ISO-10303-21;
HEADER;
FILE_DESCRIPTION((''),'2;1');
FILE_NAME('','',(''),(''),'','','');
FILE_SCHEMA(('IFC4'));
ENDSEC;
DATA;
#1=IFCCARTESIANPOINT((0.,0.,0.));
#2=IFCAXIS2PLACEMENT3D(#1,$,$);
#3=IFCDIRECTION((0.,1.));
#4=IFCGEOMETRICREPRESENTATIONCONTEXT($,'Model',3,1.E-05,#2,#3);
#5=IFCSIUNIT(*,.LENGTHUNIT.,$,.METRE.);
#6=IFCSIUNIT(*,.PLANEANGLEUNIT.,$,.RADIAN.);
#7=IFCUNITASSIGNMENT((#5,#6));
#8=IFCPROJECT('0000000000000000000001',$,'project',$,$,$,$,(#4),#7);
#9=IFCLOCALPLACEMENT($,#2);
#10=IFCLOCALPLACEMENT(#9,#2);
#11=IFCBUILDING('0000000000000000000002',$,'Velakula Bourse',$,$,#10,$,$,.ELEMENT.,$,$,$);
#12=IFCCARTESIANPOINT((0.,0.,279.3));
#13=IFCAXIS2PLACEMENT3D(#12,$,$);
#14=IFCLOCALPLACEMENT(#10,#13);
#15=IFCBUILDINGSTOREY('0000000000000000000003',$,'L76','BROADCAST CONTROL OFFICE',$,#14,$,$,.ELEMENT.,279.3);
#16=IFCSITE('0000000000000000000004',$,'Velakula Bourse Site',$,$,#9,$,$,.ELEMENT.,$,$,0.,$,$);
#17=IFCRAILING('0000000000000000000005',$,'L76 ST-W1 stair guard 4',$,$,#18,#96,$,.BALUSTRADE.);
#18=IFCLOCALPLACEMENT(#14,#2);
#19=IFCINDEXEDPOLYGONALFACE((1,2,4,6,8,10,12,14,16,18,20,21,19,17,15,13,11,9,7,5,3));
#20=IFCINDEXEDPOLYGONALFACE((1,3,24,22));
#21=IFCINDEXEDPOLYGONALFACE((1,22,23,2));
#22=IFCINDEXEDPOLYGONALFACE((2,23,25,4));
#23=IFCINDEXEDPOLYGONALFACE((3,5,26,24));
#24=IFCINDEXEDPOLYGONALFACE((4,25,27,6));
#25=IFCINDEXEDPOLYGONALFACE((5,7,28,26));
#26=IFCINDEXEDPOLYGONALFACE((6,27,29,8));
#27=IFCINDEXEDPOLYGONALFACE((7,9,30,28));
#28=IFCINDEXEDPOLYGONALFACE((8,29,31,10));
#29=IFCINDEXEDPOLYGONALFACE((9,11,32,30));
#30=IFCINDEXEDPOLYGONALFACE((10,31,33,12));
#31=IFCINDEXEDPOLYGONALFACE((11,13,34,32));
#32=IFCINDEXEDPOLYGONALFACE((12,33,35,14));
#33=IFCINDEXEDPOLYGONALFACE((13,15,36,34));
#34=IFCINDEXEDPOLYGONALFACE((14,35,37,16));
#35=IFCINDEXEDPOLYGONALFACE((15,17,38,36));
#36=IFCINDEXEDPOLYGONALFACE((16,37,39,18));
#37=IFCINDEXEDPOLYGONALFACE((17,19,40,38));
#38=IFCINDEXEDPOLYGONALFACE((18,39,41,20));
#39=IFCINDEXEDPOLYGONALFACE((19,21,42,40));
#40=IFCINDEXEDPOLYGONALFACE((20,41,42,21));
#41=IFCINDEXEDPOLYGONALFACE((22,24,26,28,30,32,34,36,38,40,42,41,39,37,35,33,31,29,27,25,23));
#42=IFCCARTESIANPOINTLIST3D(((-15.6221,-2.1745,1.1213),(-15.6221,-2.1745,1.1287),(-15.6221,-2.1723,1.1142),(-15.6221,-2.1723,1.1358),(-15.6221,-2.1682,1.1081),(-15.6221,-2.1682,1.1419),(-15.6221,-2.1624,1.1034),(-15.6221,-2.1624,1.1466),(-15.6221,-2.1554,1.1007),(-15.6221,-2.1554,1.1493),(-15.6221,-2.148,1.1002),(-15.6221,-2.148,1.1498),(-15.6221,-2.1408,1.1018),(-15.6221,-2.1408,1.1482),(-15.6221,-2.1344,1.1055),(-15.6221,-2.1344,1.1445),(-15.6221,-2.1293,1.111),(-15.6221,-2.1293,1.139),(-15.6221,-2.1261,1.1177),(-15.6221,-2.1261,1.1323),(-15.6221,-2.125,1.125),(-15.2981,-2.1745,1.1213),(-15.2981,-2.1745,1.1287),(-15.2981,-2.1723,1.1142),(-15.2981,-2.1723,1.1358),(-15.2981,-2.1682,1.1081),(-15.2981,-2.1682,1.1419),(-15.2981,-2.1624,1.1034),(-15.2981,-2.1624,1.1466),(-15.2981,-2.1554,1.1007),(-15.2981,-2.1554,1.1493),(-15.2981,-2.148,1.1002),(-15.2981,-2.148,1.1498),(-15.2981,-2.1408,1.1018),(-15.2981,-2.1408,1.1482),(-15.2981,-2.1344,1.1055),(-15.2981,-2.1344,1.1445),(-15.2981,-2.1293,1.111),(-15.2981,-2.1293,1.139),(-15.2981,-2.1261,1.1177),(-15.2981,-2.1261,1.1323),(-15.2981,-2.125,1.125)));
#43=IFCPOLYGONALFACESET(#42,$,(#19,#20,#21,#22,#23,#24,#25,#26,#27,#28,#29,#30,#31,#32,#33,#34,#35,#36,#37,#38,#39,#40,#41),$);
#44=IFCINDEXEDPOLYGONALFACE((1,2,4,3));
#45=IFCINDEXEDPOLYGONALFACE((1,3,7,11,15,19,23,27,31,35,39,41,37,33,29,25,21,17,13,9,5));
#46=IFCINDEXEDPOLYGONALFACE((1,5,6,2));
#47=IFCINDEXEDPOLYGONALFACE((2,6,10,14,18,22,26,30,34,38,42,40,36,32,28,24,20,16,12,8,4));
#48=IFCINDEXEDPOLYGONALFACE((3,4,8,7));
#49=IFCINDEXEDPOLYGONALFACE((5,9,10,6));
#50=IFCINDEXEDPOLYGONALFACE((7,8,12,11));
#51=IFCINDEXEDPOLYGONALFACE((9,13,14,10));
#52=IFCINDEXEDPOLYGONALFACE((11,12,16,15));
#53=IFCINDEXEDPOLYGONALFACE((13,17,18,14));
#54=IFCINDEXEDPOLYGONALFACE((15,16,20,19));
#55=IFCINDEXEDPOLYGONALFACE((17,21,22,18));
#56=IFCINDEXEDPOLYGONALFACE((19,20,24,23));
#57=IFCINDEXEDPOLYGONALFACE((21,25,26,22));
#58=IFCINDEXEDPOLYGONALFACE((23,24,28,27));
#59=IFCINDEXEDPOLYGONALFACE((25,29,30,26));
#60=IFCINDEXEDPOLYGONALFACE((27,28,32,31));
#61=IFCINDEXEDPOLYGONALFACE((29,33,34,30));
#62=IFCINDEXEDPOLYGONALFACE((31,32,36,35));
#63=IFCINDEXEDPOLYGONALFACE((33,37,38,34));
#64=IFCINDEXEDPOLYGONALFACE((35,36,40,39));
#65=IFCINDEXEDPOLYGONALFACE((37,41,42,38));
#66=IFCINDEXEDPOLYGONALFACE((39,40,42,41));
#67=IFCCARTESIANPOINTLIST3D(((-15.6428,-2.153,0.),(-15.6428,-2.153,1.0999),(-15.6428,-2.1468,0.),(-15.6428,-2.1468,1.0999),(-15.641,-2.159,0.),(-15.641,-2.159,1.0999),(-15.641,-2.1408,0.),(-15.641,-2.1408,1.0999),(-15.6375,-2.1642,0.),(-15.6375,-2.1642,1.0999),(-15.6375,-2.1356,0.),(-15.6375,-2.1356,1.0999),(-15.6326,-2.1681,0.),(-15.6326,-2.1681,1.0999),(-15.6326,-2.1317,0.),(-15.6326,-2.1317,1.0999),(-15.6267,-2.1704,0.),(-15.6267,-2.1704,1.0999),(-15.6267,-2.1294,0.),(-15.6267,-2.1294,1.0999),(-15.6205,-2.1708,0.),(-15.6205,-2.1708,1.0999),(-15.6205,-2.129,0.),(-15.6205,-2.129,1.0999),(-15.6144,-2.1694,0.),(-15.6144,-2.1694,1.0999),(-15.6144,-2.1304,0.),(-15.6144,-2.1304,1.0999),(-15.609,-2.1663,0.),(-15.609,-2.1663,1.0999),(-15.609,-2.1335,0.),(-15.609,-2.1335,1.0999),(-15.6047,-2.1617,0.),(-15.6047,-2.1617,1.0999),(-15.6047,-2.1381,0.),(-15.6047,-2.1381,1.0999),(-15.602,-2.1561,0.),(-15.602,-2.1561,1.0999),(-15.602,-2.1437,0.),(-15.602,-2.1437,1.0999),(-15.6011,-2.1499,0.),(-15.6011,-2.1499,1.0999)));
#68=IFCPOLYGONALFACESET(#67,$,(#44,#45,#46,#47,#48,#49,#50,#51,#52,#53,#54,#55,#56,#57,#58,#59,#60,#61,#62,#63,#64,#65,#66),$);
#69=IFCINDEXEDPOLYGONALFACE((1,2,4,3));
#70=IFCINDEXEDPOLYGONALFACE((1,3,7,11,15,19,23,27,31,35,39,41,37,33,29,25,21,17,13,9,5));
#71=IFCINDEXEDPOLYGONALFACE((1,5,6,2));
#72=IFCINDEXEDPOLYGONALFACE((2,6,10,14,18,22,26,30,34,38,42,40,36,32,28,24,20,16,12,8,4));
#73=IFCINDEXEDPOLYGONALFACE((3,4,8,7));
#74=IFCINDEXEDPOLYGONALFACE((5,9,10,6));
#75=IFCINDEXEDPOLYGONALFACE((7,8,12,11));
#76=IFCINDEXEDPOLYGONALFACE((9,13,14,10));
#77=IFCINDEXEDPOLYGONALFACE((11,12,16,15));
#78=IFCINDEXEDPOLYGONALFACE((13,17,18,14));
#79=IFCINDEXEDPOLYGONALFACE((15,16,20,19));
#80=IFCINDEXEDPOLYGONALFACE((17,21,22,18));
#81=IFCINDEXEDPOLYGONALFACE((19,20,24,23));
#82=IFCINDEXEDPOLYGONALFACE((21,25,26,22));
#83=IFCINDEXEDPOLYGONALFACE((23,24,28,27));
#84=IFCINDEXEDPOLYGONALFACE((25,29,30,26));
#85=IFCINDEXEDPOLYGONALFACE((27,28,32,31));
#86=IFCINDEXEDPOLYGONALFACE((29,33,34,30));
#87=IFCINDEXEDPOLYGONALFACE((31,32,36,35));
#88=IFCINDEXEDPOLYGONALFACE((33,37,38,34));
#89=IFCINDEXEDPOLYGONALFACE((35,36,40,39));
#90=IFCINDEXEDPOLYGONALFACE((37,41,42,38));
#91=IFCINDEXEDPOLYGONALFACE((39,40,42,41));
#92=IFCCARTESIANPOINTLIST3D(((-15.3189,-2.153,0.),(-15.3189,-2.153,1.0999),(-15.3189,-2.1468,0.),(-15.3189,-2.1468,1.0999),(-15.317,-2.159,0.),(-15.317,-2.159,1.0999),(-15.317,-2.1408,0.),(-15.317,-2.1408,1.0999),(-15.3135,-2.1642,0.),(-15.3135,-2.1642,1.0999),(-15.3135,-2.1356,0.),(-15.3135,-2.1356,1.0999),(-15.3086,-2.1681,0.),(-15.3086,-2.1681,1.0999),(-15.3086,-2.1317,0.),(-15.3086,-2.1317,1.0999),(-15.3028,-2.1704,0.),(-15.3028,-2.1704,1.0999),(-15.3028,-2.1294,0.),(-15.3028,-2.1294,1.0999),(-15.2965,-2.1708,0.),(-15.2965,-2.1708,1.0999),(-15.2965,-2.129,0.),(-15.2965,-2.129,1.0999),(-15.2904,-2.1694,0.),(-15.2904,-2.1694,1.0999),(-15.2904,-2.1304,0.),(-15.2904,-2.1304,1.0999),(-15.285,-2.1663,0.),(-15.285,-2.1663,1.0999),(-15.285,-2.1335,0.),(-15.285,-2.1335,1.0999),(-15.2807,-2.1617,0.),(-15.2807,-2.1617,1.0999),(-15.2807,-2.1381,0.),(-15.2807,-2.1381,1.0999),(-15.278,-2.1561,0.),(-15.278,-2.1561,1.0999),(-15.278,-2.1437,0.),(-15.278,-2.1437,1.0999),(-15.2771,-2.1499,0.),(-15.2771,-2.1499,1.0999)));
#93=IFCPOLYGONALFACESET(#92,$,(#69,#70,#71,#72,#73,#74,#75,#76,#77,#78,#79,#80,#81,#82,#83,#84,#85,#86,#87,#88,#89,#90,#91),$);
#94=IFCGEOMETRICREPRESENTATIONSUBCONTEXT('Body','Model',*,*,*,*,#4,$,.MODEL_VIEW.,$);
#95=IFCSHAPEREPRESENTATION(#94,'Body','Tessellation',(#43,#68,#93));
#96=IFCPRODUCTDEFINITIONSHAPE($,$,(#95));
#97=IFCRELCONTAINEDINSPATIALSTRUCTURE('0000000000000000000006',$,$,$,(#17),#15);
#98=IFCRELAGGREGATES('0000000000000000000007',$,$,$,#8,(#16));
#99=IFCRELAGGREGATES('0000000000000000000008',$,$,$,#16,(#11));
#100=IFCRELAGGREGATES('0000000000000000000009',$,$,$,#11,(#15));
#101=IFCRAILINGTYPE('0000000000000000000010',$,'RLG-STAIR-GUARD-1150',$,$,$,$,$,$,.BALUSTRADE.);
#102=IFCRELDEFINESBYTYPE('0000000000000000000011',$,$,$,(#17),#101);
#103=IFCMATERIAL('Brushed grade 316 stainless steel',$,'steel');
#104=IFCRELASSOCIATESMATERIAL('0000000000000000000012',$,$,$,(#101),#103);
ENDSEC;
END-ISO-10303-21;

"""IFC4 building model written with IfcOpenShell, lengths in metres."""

from ifc_helpers import new_model, si_unit, direction, frame, origin, origin_2d, place, context, subcontext, project, spatial, circle, extrude, material, type_object, element, save


model = new_model("IFC4")

# Units and contexts
model_context = context("Model", 3, precision=1e-05, world=origin(), true_north=direction((0.0, 1.0)))
body_context = subcontext(model_context, "Body", "Model", "MODEL_VIEW")
ifc_project = project(units=[si_unit("LENGTHUNIT", "METRE"), si_unit("PLANEANGLEUNIT", "RADIAN")], contexts=[model_context])

# Site, building, storey
site_placement = place(None, origin())
site = spatial("IfcSite", under=ifc_project, at=site_placement, Name="Velakula Bourse Site", CompositionType="ELEMENT", RefElevation=0.0)
building_placement = place(site_placement, origin())
building = spatial("IfcBuilding", under=site, at=building_placement, Name="Velakula Bourse", CompositionType="ELEMENT")
storey_placement = place(building_placement, frame((0.0, 0.0, 279.3)))
storey = spatial("IfcBuildingStorey", under=building, at=storey_placement, Name="L76", Description="BROADCAST CONTROL OFFICE", CompositionType="ELEMENT", Elevation=279.3)

# Shared definitions
ifc_material_1 = material(Name="Brushed grade 316 stainless steel", Category="steel")

# Railing
railing_type_1 = type_object("IfcRailingType", Name="RLG-STAIR-GUARD-1150", PredefinedType="BALUSTRADE", material=ifc_material_1)
railing_1_placement = place(storey_placement, frame((-15.6221, -2.1499, 0.0)))
element("IfcRailing", 1, at=railing_1_placement, inside=storey, type_object=railing_type_1, Name="L76 ST-W1 stair guard 4", PredefinedType="BALUSTRADE", context=body_context, shape_type="SweptSolid", body=[
    extrude(circle(Radius=0.0249, at=origin_2d()), frame((0.0, 0.0, 1.125), z_axis=(1.0, 0.0, 0.0), x_axis=(0.0, 1.0, 0.0)), (0.0, 0.0, 1.0), 0.324),
    extrude(circle(Radius=0.021, at=origin_2d()), origin(), (0.0, 0.0, 1.0), 1.0999),
    extrude(circle(Radius=0.021, at=origin_2d()), frame((0.324, 0.0, 0.0)), (0.0, 0.0, 1.0), 1.0999),
])

save(model, "model.ifc")
